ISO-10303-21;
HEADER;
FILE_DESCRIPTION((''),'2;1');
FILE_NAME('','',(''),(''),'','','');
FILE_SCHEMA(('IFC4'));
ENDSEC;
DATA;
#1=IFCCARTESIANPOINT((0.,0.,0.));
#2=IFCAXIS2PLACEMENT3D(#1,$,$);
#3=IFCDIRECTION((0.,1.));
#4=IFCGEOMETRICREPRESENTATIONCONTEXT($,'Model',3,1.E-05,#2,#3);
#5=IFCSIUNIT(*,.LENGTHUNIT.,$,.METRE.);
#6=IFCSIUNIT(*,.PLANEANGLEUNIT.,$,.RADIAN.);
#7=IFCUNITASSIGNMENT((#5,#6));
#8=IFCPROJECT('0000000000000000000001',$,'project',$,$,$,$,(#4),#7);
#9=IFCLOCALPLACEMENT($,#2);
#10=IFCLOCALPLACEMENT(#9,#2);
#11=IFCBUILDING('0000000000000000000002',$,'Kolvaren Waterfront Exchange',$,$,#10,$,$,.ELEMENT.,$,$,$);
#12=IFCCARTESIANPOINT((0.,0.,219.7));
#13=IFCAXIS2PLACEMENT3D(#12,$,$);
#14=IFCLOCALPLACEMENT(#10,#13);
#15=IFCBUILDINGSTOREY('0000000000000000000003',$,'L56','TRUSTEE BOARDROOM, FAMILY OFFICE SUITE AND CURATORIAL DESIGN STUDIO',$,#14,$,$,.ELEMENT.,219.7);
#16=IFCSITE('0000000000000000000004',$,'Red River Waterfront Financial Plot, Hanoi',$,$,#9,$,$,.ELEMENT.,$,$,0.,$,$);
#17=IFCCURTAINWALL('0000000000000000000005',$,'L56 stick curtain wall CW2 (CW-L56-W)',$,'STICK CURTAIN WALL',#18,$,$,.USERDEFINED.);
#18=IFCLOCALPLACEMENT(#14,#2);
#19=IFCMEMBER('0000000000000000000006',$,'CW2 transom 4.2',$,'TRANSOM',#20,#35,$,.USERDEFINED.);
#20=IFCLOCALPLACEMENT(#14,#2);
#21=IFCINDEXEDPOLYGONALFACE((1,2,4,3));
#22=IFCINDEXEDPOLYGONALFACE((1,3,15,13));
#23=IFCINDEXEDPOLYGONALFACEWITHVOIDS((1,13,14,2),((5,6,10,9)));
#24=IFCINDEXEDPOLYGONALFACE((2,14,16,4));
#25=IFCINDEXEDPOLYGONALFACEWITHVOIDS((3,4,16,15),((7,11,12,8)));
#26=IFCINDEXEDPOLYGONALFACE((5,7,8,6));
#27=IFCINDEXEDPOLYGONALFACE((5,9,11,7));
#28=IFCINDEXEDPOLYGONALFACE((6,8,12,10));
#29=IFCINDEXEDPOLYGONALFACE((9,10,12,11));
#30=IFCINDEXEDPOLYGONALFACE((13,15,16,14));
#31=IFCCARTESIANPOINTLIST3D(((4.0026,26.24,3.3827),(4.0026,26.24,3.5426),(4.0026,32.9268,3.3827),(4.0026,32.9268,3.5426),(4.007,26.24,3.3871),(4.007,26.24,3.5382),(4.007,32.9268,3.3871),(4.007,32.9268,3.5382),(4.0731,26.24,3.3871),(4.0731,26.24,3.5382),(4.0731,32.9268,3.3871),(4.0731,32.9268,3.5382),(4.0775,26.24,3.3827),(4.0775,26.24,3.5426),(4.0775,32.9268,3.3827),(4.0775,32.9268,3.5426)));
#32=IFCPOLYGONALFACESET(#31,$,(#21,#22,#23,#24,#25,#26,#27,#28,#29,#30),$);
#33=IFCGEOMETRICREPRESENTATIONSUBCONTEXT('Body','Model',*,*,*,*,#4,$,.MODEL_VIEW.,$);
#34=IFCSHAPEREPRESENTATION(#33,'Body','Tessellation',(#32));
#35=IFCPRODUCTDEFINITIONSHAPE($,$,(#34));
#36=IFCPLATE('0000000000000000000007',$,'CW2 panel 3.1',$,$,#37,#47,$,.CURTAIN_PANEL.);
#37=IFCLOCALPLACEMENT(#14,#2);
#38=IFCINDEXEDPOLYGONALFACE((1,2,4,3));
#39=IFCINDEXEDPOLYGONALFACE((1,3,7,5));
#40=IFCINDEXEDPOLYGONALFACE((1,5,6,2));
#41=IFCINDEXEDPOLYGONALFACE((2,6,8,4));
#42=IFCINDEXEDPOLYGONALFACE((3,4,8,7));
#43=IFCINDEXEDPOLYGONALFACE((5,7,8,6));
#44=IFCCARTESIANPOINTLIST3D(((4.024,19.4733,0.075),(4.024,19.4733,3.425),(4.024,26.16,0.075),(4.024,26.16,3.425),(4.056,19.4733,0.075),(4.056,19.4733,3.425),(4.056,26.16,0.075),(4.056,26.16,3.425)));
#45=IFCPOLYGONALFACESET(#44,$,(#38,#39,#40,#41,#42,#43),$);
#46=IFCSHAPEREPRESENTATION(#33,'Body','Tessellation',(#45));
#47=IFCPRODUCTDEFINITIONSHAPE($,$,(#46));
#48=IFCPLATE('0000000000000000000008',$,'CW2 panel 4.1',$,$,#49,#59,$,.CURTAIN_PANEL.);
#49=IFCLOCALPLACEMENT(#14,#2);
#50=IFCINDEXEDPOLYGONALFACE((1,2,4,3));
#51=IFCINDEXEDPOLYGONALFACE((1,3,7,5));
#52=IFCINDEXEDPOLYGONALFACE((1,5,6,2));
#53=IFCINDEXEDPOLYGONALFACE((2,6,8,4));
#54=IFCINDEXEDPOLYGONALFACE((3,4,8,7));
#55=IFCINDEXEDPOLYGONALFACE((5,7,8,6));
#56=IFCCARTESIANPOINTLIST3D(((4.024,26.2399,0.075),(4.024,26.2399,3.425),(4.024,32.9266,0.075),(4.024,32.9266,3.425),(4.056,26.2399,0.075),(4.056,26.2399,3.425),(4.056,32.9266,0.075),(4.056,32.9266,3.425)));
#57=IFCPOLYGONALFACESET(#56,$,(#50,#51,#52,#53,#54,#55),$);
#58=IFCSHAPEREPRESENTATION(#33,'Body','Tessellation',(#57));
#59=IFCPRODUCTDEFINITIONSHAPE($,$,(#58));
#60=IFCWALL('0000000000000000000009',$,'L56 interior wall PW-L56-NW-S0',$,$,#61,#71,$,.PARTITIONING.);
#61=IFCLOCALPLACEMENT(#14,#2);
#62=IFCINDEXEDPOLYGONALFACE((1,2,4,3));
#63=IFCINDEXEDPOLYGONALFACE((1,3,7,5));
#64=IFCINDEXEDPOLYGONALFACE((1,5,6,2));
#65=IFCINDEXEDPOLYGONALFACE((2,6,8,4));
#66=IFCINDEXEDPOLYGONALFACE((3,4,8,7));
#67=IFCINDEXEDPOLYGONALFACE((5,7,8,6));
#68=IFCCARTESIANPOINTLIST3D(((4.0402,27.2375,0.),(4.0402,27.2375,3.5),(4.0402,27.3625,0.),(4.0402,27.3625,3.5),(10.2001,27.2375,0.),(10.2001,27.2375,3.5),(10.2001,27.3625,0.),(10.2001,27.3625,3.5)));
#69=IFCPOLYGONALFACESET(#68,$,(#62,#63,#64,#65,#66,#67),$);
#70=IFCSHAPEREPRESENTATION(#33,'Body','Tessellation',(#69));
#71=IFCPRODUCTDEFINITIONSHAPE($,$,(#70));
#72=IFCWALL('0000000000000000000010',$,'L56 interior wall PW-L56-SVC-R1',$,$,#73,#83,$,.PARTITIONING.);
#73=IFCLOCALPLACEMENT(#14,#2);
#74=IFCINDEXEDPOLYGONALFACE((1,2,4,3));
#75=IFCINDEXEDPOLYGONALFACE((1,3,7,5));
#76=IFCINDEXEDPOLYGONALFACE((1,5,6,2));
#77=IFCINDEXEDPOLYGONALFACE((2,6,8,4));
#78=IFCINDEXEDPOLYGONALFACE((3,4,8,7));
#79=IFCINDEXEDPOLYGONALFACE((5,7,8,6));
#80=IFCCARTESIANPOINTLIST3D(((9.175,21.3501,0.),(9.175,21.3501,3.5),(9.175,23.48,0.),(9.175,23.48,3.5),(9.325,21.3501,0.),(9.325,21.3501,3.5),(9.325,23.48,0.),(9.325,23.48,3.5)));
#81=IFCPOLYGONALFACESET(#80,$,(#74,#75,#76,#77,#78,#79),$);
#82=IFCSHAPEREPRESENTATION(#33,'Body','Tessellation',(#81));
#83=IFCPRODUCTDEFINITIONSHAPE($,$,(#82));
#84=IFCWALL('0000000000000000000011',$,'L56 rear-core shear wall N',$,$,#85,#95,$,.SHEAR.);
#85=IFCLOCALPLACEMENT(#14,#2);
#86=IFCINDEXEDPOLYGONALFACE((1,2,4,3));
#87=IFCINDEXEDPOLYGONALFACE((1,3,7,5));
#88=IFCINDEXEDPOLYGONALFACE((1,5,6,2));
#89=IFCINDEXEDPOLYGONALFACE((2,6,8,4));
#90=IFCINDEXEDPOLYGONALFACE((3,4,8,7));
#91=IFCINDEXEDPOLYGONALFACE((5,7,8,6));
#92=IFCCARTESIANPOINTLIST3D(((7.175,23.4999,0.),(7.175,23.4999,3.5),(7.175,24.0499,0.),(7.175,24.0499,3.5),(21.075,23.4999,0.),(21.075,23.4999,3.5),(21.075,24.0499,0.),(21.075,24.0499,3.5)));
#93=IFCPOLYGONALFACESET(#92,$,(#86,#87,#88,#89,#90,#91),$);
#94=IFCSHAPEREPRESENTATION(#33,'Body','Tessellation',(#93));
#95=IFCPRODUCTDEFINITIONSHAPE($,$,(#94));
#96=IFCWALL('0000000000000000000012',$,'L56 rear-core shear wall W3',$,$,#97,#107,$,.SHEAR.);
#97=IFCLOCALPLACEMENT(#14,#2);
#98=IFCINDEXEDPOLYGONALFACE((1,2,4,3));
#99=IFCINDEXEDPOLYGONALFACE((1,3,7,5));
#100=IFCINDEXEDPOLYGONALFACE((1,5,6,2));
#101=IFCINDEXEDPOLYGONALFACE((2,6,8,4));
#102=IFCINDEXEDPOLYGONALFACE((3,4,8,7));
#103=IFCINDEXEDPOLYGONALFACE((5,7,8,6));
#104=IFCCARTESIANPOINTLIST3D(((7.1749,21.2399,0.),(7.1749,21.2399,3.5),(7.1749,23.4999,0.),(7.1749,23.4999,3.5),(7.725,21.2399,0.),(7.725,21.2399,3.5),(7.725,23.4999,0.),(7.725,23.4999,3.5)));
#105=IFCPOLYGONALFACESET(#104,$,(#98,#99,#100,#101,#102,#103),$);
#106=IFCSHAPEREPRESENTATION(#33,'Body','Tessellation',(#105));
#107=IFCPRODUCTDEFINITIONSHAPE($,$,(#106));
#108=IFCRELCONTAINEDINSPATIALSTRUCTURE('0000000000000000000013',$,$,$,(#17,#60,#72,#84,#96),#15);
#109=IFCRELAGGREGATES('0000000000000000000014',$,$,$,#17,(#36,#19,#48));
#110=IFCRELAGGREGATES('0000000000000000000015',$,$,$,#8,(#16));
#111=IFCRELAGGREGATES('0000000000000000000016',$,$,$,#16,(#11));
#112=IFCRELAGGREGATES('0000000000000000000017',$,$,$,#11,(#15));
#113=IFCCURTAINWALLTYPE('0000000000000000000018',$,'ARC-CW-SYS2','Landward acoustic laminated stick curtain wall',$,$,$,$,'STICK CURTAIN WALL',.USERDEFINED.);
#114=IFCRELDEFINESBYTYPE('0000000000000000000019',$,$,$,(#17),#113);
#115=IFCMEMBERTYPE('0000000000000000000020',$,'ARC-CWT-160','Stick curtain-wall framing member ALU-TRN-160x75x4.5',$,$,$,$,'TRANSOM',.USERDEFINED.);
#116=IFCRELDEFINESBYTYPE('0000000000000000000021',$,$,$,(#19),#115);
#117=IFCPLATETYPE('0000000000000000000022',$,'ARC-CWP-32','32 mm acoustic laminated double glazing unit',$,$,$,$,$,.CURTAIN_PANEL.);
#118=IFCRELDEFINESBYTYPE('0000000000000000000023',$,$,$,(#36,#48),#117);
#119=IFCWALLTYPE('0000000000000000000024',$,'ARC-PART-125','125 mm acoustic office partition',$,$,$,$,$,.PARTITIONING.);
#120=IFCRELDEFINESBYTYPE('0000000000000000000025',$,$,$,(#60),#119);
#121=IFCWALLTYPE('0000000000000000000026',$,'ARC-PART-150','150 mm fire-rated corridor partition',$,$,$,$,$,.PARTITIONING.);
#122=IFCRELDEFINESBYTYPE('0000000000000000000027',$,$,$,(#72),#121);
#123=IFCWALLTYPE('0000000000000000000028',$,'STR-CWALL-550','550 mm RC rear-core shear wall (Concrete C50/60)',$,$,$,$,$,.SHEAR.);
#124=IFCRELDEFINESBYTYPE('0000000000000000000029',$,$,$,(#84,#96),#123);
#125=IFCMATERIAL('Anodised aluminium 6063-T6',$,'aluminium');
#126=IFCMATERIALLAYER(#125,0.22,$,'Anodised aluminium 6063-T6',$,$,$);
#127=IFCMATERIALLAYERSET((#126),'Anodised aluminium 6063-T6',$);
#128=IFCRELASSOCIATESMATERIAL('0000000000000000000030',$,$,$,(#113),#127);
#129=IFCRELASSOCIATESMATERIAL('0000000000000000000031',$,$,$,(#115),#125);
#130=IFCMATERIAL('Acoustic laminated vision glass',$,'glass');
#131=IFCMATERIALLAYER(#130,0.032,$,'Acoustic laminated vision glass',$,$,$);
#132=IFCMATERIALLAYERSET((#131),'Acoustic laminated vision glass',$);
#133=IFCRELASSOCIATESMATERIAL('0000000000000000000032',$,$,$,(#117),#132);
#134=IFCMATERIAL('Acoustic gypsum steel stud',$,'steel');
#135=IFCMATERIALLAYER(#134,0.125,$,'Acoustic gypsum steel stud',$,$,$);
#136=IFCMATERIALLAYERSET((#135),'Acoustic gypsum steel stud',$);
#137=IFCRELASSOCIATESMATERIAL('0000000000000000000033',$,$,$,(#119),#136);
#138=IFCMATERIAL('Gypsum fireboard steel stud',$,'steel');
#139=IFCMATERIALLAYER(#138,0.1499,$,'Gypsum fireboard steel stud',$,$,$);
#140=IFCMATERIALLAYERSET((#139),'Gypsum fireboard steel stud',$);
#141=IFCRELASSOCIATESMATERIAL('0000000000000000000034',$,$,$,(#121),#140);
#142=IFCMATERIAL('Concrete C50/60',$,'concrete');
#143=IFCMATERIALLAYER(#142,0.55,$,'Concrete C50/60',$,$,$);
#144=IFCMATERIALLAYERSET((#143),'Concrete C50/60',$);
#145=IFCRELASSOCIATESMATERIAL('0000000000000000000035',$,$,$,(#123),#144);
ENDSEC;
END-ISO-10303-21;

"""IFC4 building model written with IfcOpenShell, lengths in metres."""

from ifc_helpers import new_model, si_unit, direction, frame, frame_2d, origin, origin_with_axes, origin_2d, place, context, subcontext, project, spatial, rectangle, hollow_rectangle, extrude, source, transform, mapped, material, layer, layer_set, material_profile, profile_set, type_object, element, aggregate, save


model = new_model("IFC4")

# Units and contexts
model_context = context("Model", 3, precision=1e-05, world=origin(), true_north=direction((0.0, 1.0)))
body_context = subcontext(model_context, "Body", "Model", "MODEL_VIEW")
ifc_project = project(units=[si_unit("LENGTHUNIT", "METRE"), si_unit("PLANEANGLEUNIT", "RADIAN")], contexts=[model_context])

# Site, building, storey
site_placement = place(None, origin())
site = spatial("IfcSite", under=ifc_project, at=site_placement, Name="Red River Waterfront Financial Plot, Hanoi", CompositionType="ELEMENT", RefElevation=0.0)
building_placement = place(site_placement, origin())
building = spatial("IfcBuilding", under=site, at=building_placement, Name="Kolvaren Waterfront Exchange", CompositionType="ELEMENT")
storey_placement = place(building_placement, frame((0.0, 0.0, 219.7)))
storey = spatial("IfcBuildingStorey", under=building, at=storey_placement, Name="L56", Description="TRUSTEE BOARDROOM, FAMILY OFFICE SUITE AND CURATORIAL DESIGN STUDIO", CompositionType="ELEMENT", Elevation=219.7)

# Shared definitions
ifc_material_1 = material(Name="Concrete C50/60", Category="concrete")

# Curtain wall, member, plates
ifc_material_2 = material(Name="Anodised aluminium 6063-T6", Category="aluminium")
ifc_layer_1 = layer(ifc_material_2, 0.22, Name="Anodised aluminium 6063-T6")
ifc_layer_set_1 = layer_set([ifc_layer_1], Name="Anodised aluminium 6063-T6")
curtain_wall_type = type_object("IfcCurtainWallType", Name="ARC-CW-SYS2", Description="Landward acoustic laminated stick curtain wall", ElementType="STICK CURTAIN WALL", PredefinedType="USERDEFINED", material=ifc_layer_set_1)
curtain_wall_placement = place(storey_placement, origin())
curtain_wall = element("IfcCurtainWall", 1, at=curtain_wall_placement, inside=storey, type_object=curtain_wall_type, Name="L56 stick curtain wall CW2 (CW-L56-W)", ObjectType="STICK CURTAIN WALL", PredefinedType="USERDEFINED")
ifc_material_profile_1 = material_profile(ifc_material_2, hollow_rectangle(XDim=0.075, YDim=0.1599, WallThickness=0.0044, at=origin_2d()), Name="ALU-TRN-160x75x4.5")
ifc_profile_set_1 = profile_set([ifc_material_profile_1], Name="Anodised aluminium 6063-T6")
member_type_1 = type_object("IfcMemberType", Name="ARC-CWT-160", Description="Stick curtain-wall framing member ALU-TRN-160x75x4.5", ElementType="TRANSOM", PredefinedType="USERDEFINED", material=ifc_profile_set_1)
shared_shape_1 = source(origin_with_axes(), body_context, "Body", "SweptSolid", [
    extrude(hollow_rectangle(XDim=0.075, YDim=0.1599, WallThickness=0.0044, at=origin_2d()), origin(), (0.0, 0.0, 1.0), 6.6868),
])
member_1_placement = place(storey_placement, frame((4.04, 26.24, 3.4626), z_axis=(0.0, 1.0, 0.0), x_axis=(-1.0, 0.0, 0.0)))
member_1 = element("IfcMember", 2, at=member_1_placement, type_object=member_type_1, Name="CW2 transom 4.2", ObjectType="TRANSOM", PredefinedType="USERDEFINED", context=body_context, shape_type="MappedRepresentation", body=[
    mapped(shared_shape_1, transform((0.0, 0.0, 0.0), x_axis=(1.0, 0.0, 0.0), y_axis=(0.0, 1.0, 0.0), z_axis=(0.0, 0.0, 1.0), scale=1.0)),
])
ifc_material_3 = material(Name="Acoustic laminated vision glass", Category="glass")
ifc_layer_2 = layer(ifc_material_3, 0.032, Name="Acoustic laminated vision glass")
ifc_layer_set_2 = layer_set([ifc_layer_2], Name="Acoustic laminated vision glass")
plate_type = type_object("IfcPlateType", Name="ARC-CWP-32", Description="32 mm acoustic laminated double glazing unit", PredefinedType="CURTAIN_PANEL", material=ifc_layer_set_2)
shared_shape_2 = source(origin_with_axes(), body_context, "Body", "SweptSolid", [
    extrude(rectangle(XDim=6.6868, YDim=0.032, at=origin_2d()), origin(), (0.0, 0.0, 1.0), 3.3501),
])
plate_1_placement = place(storey_placement, frame((4.04, 22.8167, 0.075), z_axis=(0.0, 0.0, 1.0), x_axis=(0.0, 1.0, 0.0)))
plate_1 = element("IfcPlate", 3, at=plate_1_placement, type_object=plate_type, Name="CW2 panel 3.1", PredefinedType="CURTAIN_PANEL", context=body_context, shape_type="MappedRepresentation", body=[
    mapped(shared_shape_2, transform((0.0, 0.0, 0.0), x_axis=(1.0, 0.0, 0.0), y_axis=(0.0, 1.0, 0.0), z_axis=(0.0, 0.0, 1.0), scale=1.0)),
])
plate_2_placement = place(storey_placement, frame((4.04, 29.5833, 0.075), z_axis=(0.0, 0.0, 1.0), x_axis=(0.0, 1.0, 0.0)))
plate_2 = element("IfcPlate", 4, at=plate_2_placement, type_object=plate_type, Name="CW2 panel 4.1", PredefinedType="CURTAIN_PANEL", context=body_context, shape_type="MappedRepresentation", body=[
    mapped(shared_shape_2, transform((0.0, 0.0, 0.0), x_axis=(1.0, 0.0, 0.0), y_axis=(0.0, 1.0, 0.0), z_axis=(0.0, 0.0, 1.0), scale=1.0)),
])
aggregate(curtain_wall, [plate_1, member_1, plate_2])

# Walls
ifc_material_4 = material(Name="Acoustic gypsum steel stud", Category="steel")
ifc_layer_3 = layer(ifc_material_4, 0.125, Name="Acoustic gypsum steel stud")
ifc_layer_set_3 = layer_set([ifc_layer_3], Name="Acoustic gypsum steel stud")
wall_type_1 = type_object("IfcWallType", Name="ARC-PART-125", Description="125 mm acoustic office partition", PredefinedType="PARTITIONING", material=ifc_layer_set_3)
wall_1_placement = place(storey_placement, frame((4.04, 27.3, 0.0), z_axis=(0.0, 0.0, 1.0), x_axis=(1.0, 0.0, 0.0)))
element("IfcWall", 5, at=wall_1_placement, inside=storey, type_object=wall_type_1, Name="L56 interior wall PW-L56-NW-S0", PredefinedType="PARTITIONING", context=body_context, shape_type="SweptSolid", body=[
    extrude(rectangle(XDim=6.1599, YDim=0.125, at=frame_2d((3.0801, 0.0))), origin(), (0.0, 0.0, 1.0), 3.5),
])
ifc_material_5 = material(Name="Gypsum fireboard steel stud", Category="steel")
ifc_layer_4 = layer(ifc_material_5, 0.1499, Name="Gypsum fireboard steel stud")
ifc_layer_set_4 = layer_set([ifc_layer_4], Name="Gypsum fireboard steel stud")
wall_type_2 = type_object("IfcWallType", Name="ARC-PART-150", Description="150 mm fire-rated corridor partition", PredefinedType="PARTITIONING", material=ifc_layer_set_4)
wall_2_placement = place(storey_placement, frame((9.25, 21.3501, 0.0), z_axis=(0.0, 0.0, 1.0), x_axis=(0.0, 1.0, 0.0)))
element("IfcWall", 6, at=wall_2_placement, inside=storey, type_object=wall_type_2, Name="L56 interior wall PW-L56-SVC-R1", PredefinedType="PARTITIONING", context=body_context, shape_type="SweptSolid", body=[
    extrude(rectangle(XDim=2.1299, YDim=0.1499, at=frame_2d((1.0649, 0.0))), origin(), (0.0, 0.0, 1.0), 3.5),
])

# Walls
ifc_layer_5 = layer(ifc_material_1, 0.55, Name="Concrete C50/60")
ifc_layer_set_5 = layer_set([ifc_layer_5], Name="Concrete C50/60")
wall_type_3 = type_object("IfcWallType", Name="STR-CWALL-550", Description="550 mm RC rear-core shear wall (Concrete C50/60)", PredefinedType="SHEAR", material=ifc_layer_set_5)
wall_3_placement = place(storey_placement, frame((7.175, 23.7749, 0.0), z_axis=(0.0, 0.0, 1.0), x_axis=(1.0, 0.0, 0.0)))
element("IfcWall", 7, at=wall_3_placement, inside=storey, type_object=wall_type_3, Name="L56 rear-core shear wall N", PredefinedType="SHEAR", context=body_context, shape_type="SweptSolid", body=[
    extrude(rectangle(XDim=13.8999, YDim=0.55, at=frame_2d((6.95, 0.0))), origin(), (0.0, 0.0, 1.0), 3.5),
])
wall_4_placement = place(storey_placement, frame((7.45, 21.24, 0.0), z_axis=(0.0, 0.0, 1.0), x_axis=(0.0, 1.0, 0.0)))
element("IfcWall", 8, at=wall_4_placement, inside=storey, type_object=wall_type_3, Name="L56 rear-core shear wall W3", PredefinedType="SHEAR", context=body_context, shape_type="SweptSolid", body=[
    extrude(rectangle(XDim=2.26, YDim=0.55, at=frame_2d((1.1299, 0.0))), origin(), (0.0, 0.0, 1.0), 3.5),
])

save(model, "model.ifc")
